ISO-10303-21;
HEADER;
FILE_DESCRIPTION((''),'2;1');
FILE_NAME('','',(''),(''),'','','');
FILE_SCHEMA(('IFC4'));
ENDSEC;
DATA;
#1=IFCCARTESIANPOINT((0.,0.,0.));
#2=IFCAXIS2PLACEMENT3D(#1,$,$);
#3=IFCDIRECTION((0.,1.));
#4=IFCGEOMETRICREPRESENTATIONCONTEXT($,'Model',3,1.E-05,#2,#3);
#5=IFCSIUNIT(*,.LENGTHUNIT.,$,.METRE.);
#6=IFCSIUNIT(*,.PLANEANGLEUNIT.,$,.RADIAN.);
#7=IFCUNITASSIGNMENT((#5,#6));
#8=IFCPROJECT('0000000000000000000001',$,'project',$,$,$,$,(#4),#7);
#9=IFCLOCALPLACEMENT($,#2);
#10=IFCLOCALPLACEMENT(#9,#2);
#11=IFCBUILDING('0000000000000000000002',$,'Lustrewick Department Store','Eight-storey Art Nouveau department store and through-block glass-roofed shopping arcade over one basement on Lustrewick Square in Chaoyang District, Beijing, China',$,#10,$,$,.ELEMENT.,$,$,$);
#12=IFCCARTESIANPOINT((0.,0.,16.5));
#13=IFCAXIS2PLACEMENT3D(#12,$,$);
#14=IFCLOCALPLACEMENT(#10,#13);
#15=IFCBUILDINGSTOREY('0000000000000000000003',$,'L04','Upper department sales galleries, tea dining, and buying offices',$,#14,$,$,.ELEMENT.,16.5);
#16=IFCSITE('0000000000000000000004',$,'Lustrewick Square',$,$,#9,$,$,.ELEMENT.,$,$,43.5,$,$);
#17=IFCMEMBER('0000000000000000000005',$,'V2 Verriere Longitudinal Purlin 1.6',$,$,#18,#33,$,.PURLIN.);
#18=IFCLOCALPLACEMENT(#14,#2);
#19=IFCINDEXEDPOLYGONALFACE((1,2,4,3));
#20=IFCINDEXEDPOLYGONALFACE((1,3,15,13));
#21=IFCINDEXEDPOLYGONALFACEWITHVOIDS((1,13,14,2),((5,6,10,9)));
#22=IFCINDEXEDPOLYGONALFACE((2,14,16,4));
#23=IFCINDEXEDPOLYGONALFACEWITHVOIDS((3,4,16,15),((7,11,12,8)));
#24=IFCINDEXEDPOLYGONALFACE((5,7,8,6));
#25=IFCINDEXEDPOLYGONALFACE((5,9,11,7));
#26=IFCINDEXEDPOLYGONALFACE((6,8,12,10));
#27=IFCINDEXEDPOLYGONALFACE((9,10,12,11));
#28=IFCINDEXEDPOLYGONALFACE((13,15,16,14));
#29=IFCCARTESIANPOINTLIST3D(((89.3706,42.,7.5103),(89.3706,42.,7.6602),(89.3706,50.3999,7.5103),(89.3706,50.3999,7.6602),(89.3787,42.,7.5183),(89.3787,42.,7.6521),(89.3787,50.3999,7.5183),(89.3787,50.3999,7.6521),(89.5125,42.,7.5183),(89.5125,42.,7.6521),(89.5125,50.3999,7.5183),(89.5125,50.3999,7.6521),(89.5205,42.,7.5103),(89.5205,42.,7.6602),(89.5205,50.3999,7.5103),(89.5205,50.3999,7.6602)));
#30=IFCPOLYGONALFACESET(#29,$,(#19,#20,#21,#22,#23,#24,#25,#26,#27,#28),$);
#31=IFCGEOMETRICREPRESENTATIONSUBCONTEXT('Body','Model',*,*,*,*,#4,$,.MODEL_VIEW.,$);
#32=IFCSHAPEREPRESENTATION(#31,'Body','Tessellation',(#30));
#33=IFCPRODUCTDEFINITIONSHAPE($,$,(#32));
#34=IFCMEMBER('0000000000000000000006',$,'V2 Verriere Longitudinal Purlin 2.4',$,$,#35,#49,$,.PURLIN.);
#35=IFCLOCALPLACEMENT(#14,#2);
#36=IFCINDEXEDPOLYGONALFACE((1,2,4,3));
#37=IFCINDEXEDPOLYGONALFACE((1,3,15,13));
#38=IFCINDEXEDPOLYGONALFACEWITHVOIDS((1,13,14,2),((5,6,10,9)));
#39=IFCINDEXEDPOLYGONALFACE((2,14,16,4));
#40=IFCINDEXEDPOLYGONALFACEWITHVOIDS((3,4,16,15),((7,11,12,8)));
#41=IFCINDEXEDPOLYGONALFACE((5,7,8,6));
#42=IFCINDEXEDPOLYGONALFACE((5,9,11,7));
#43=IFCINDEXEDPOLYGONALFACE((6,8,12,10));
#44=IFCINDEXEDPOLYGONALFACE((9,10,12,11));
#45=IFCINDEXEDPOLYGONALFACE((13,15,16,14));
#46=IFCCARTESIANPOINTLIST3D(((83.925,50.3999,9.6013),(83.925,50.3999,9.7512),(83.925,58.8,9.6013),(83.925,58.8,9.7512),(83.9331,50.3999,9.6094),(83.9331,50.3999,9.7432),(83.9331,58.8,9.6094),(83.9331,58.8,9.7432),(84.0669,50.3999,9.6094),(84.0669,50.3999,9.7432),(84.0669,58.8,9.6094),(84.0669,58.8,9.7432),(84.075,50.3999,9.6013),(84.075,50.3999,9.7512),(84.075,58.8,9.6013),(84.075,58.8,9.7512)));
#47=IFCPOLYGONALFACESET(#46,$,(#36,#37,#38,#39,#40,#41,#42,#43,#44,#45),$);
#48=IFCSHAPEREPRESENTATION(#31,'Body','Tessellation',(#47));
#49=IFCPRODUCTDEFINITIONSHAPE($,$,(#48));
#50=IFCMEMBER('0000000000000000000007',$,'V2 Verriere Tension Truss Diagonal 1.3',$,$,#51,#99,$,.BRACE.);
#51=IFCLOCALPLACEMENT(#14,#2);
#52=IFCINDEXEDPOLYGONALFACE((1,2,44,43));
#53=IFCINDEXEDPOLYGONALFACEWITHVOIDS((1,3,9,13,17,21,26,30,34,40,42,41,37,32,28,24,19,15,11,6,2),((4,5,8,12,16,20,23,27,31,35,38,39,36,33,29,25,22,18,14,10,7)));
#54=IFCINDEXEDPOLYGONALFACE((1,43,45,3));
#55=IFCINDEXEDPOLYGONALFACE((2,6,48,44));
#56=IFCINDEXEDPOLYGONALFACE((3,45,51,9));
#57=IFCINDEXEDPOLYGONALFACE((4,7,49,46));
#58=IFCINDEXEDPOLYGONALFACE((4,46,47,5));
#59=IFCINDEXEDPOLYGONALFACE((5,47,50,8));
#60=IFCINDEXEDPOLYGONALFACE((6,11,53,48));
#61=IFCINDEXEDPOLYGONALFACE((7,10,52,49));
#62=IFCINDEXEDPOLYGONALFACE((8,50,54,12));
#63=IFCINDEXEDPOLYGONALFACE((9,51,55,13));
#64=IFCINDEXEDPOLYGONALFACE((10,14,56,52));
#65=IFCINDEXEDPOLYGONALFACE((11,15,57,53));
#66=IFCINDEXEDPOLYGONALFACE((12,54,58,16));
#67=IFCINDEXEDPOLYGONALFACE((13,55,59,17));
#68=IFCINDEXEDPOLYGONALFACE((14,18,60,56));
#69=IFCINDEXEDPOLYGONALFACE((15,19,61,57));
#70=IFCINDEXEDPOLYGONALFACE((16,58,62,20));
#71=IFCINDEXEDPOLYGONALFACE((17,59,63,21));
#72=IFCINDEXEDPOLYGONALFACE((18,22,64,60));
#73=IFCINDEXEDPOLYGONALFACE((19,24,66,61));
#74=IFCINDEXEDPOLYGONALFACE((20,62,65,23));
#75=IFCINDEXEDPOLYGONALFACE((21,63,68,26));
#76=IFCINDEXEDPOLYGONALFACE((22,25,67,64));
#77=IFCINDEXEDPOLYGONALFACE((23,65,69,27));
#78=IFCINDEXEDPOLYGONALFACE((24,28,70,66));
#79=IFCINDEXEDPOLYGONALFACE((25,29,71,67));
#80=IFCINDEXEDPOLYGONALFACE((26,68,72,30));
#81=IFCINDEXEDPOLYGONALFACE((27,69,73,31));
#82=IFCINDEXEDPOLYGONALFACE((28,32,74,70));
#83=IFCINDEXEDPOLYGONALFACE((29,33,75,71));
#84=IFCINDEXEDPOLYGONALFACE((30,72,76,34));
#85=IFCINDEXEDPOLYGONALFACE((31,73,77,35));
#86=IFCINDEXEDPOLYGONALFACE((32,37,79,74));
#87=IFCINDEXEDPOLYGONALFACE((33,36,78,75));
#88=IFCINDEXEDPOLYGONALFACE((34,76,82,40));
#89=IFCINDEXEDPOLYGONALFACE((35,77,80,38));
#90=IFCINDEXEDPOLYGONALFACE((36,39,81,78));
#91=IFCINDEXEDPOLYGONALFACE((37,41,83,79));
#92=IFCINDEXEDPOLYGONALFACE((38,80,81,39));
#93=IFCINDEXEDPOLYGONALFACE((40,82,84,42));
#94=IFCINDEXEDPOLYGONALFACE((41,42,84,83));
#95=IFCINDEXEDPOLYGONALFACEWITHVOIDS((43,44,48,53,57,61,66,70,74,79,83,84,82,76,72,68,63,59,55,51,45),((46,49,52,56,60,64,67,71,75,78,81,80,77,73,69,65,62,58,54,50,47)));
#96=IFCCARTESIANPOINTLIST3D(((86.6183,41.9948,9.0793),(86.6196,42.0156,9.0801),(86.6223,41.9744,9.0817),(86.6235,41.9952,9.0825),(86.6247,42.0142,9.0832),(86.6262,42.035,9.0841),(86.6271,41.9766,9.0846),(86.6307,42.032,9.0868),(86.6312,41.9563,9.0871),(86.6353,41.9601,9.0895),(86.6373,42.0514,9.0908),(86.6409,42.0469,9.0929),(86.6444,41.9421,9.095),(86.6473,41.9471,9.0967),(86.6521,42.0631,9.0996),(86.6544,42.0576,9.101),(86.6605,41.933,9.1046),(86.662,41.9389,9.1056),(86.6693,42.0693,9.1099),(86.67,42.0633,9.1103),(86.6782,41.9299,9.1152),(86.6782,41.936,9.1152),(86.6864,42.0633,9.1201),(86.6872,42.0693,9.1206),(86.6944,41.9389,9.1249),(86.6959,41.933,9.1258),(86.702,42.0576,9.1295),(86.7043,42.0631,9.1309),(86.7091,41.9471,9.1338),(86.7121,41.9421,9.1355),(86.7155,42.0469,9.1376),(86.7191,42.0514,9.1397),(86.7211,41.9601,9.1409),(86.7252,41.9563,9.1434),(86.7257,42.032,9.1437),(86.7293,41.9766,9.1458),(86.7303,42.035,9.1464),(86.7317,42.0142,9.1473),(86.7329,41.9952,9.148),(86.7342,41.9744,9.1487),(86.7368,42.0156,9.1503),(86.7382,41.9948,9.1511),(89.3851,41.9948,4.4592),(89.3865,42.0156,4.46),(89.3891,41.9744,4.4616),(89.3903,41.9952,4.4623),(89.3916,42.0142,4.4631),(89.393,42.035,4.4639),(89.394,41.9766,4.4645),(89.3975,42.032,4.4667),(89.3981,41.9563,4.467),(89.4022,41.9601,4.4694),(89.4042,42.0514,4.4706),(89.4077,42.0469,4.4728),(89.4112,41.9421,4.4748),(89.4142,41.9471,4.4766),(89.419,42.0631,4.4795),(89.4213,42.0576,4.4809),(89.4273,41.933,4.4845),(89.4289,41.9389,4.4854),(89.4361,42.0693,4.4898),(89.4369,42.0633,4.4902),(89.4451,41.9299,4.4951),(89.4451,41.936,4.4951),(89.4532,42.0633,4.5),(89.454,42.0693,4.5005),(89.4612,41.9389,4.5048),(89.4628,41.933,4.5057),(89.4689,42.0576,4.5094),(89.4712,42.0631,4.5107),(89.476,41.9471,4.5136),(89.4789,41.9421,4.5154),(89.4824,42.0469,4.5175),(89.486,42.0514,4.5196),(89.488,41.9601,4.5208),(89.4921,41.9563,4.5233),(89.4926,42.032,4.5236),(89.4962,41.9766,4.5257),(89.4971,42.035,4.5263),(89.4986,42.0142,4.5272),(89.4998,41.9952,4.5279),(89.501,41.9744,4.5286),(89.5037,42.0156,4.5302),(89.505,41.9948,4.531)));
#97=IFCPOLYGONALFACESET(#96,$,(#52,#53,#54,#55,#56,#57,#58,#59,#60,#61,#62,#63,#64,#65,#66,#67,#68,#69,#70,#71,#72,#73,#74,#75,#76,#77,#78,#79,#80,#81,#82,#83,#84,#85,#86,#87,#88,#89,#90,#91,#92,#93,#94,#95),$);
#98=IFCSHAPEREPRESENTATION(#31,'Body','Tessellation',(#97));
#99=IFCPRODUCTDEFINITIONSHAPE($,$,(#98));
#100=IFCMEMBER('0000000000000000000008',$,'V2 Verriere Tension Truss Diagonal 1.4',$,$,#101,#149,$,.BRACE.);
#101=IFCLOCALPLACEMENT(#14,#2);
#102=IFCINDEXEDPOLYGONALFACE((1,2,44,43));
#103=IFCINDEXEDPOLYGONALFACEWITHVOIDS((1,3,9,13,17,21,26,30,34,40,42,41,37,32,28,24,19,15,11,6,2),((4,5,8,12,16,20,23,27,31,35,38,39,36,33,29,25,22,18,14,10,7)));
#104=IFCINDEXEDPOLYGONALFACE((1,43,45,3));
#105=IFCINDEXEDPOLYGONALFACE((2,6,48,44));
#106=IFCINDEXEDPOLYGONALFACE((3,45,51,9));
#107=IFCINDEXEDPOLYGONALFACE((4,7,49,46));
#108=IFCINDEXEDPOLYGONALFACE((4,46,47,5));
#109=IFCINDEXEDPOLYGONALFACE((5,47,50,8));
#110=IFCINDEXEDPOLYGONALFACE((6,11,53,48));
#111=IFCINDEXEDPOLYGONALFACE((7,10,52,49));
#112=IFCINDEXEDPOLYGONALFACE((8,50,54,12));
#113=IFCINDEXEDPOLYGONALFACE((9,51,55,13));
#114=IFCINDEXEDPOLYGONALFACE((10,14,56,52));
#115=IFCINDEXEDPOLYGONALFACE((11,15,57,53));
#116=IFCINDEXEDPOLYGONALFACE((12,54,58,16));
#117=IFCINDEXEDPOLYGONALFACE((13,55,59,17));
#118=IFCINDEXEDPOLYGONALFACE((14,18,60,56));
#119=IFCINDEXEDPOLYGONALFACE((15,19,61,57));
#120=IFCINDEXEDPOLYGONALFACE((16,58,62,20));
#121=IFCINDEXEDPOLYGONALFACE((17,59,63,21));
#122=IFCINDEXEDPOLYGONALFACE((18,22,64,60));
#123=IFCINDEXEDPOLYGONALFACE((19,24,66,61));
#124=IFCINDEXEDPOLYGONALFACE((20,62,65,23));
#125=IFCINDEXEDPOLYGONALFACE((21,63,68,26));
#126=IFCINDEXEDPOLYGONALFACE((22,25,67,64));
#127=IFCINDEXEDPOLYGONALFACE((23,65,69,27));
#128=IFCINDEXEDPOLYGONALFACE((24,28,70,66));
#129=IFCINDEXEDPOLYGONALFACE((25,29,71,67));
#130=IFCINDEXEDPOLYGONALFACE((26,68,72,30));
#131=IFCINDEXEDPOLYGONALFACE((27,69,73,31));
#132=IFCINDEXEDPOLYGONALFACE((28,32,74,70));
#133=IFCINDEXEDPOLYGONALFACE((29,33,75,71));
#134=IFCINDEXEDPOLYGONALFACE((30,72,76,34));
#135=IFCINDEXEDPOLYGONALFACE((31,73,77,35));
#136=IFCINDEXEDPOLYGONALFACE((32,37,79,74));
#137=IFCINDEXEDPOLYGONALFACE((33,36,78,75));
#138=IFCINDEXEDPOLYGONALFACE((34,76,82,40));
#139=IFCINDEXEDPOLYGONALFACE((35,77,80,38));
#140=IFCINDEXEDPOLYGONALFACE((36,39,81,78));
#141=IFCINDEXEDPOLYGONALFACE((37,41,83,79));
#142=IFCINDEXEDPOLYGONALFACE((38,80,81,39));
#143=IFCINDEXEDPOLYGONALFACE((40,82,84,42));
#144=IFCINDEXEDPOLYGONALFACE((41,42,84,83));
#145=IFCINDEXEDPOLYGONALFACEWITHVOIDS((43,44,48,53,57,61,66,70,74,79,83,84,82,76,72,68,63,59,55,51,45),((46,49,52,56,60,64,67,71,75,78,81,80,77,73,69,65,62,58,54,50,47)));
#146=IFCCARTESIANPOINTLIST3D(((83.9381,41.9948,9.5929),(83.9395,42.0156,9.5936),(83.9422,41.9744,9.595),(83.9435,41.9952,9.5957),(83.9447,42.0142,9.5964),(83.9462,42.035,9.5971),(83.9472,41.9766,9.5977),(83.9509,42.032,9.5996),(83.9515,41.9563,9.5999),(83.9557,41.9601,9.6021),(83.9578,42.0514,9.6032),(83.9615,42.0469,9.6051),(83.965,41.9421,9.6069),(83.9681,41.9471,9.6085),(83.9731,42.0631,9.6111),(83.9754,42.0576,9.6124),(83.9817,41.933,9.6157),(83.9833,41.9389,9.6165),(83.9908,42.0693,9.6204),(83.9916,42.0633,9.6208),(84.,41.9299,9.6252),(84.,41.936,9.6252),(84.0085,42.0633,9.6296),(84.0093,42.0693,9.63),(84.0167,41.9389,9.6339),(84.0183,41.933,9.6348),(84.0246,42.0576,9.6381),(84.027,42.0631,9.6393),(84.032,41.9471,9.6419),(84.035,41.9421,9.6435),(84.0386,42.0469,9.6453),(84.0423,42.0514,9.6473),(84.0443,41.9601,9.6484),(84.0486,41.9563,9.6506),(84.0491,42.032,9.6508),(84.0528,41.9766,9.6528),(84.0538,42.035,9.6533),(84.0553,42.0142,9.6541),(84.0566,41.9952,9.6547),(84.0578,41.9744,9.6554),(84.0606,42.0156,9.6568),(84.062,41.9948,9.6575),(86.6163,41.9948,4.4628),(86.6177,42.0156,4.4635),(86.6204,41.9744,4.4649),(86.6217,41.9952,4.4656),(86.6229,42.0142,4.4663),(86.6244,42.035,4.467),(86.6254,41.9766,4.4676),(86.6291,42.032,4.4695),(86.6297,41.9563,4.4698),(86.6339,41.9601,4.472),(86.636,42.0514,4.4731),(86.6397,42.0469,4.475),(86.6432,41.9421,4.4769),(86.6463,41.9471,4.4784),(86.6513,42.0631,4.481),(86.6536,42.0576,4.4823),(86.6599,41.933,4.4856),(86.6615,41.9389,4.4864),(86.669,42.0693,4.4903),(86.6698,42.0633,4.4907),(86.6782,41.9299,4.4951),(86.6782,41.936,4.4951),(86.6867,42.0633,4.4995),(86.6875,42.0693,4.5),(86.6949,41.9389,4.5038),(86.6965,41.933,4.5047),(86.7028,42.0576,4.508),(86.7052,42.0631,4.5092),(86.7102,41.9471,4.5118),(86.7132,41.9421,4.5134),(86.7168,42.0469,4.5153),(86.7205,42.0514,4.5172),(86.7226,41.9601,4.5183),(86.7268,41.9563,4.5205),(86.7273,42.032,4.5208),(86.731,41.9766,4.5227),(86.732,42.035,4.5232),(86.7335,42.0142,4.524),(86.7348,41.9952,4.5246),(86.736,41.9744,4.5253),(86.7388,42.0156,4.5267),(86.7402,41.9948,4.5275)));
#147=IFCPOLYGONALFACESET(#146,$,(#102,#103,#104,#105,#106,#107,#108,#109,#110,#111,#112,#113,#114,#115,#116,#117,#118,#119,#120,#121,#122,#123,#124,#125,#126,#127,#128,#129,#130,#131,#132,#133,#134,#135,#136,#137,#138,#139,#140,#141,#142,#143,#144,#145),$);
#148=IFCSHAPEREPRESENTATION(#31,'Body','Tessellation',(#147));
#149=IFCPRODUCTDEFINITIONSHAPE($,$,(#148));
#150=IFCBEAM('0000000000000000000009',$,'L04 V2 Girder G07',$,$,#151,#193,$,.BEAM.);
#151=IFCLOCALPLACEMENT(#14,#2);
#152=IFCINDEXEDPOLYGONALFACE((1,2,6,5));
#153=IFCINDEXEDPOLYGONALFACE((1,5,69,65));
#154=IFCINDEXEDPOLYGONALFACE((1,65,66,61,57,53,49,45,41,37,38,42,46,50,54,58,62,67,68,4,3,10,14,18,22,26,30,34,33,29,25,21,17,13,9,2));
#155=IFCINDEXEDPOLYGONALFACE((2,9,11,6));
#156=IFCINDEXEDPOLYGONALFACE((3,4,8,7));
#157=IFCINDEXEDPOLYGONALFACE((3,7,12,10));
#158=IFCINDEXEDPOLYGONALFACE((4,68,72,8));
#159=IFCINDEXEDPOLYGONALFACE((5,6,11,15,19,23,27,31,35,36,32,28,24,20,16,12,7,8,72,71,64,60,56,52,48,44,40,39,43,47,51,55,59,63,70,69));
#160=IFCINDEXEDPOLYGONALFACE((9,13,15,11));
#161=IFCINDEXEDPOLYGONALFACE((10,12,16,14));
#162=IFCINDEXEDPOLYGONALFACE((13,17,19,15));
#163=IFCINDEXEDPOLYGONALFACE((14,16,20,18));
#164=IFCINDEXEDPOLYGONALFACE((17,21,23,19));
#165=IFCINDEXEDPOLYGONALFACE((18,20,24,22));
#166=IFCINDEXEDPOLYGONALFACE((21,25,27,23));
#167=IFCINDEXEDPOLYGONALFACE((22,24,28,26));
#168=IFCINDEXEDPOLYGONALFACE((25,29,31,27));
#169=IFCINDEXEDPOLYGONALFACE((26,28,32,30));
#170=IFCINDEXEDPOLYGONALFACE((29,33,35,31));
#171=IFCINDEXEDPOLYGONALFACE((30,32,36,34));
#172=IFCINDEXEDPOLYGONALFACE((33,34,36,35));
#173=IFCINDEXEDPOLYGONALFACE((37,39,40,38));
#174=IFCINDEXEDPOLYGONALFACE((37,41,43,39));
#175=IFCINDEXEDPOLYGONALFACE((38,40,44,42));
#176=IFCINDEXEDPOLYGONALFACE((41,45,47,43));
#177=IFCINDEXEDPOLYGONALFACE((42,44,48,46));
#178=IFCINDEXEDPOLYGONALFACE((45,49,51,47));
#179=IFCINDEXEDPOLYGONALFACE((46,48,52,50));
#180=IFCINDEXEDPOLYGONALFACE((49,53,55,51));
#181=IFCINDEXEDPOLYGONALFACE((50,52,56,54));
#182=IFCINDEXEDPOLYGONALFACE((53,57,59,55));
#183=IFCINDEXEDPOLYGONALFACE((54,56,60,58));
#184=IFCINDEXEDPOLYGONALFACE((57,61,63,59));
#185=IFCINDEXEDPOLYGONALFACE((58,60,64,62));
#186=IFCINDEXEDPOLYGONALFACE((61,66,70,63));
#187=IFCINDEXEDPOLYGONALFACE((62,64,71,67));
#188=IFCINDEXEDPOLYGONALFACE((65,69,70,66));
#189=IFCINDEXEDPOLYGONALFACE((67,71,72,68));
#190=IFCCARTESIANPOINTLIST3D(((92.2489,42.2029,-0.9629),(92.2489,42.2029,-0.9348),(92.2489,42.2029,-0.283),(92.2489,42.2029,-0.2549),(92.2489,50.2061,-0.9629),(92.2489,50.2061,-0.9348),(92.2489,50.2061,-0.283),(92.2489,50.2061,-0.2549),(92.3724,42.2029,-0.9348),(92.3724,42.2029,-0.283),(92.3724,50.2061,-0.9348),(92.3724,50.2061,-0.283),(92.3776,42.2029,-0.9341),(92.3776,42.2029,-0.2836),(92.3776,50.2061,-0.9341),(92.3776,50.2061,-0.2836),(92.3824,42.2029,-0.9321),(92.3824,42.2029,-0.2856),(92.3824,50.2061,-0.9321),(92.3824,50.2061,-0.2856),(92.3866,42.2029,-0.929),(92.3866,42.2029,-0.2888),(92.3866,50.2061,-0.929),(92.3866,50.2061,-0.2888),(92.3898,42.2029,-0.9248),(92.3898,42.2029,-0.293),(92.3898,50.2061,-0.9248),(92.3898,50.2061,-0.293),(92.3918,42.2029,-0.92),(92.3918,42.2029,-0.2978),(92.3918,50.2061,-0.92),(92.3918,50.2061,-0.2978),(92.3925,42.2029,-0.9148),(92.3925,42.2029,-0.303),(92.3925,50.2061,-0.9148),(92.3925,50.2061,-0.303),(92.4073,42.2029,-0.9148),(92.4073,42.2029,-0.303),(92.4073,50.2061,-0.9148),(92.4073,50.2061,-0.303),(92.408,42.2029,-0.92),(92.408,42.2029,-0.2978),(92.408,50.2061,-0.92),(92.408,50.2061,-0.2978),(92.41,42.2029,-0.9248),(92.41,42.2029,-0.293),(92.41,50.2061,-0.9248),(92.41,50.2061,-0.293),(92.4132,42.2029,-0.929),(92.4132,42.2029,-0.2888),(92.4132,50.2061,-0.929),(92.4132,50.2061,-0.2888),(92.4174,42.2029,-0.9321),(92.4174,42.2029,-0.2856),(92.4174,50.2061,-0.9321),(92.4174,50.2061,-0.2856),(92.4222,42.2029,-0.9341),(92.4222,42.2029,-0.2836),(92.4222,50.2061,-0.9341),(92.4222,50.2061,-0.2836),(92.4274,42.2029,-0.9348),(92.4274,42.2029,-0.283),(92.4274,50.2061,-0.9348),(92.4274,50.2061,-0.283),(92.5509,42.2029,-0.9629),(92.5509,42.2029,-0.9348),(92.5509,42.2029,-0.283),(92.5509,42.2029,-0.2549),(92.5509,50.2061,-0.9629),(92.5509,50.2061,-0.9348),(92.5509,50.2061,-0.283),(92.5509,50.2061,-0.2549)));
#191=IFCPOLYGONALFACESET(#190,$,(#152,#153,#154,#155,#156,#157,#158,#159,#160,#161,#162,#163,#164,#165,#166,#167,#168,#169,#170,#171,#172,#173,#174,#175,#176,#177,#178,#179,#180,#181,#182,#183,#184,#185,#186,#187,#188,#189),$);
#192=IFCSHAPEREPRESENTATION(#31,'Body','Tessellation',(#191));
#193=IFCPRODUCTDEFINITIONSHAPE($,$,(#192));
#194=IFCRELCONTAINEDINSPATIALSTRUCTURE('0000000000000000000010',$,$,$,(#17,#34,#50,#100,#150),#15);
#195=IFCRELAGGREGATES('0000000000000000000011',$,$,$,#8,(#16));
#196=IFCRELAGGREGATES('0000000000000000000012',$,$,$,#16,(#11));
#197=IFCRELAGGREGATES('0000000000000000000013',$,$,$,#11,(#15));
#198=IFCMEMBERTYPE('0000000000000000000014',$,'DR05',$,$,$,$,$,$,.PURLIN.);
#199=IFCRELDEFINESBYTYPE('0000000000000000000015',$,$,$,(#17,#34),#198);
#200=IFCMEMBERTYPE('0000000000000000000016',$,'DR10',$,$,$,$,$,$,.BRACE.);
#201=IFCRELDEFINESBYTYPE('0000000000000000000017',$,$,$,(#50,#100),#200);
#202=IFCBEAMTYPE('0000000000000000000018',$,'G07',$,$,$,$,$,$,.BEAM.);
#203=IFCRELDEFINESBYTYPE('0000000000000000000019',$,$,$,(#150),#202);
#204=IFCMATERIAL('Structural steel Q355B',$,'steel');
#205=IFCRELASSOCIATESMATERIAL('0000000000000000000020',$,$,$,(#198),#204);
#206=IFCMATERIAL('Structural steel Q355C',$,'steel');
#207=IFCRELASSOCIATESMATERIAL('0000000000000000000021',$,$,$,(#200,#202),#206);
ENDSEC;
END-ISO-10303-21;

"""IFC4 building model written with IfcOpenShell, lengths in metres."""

from ifc_helpers import new_model, si_unit, direction, frame, origin, origin_2d, place, context, subcontext, project, spatial, hollow_rectangle, hollow_circle, i_section, extrude, material, material_profile, profile_set, type_object, element, save


model = new_model("IFC4")

# Units and contexts
model_context = context("Model", 3, precision=1e-05, world=origin(), true_north=direction((0.0, 1.0)))
body_context = subcontext(model_context, "Body", "Model", "MODEL_VIEW")
ifc_project = project(units=[si_unit("LENGTHUNIT", "METRE"), si_unit("PLANEANGLEUNIT", "RADIAN")], contexts=[model_context])

# Site, building, storey
site_placement = place(None, origin())
site = spatial("IfcSite", under=ifc_project, at=site_placement, Name="Lustrewick Square", CompositionType="ELEMENT", RefElevation=43.5)
building_placement = place(site_placement, origin())
building = spatial("IfcBuilding", under=site, at=building_placement, Name="Lustrewick Department Store", Description="Eight-storey Art Nouveau department store and through-block glass-roofed shopping arcade over one basement on Lustrewick Square in Chaoyang District, Beijing, China", CompositionType="ELEMENT")
storey_placement = place(building_placement, frame((0.0, 0.0, 16.5)))
storey = spatial("IfcBuildingStorey", under=building, at=storey_placement, Name="L04", Description="Upper department sales galleries, tea dining, and buying offices", CompositionType="ELEMENT", Elevation=16.5)

# Shared definitions
ifc_material_1 = material(Name="Structural steel Q355C", Category="steel")

# Members
ifc_material_2 = material(Name="Structural steel Q355B", Category="steel")
ifc_material_profile_1 = material_profile(ifc_material_2, hollow_rectangle(XDim=0.1499, YDim=0.1499, WallThickness=0.0081, at=origin_2d()), Name="SHS 150x150x8")
ifc_profile_set_1 = profile_set([ifc_material_profile_1], Name="Structural steel Q355B")
member_type_1 = type_object("IfcMemberType", Name="DR05", PredefinedType="PURLIN", material=ifc_profile_set_1)
for number, where, z_axis, x_axis, name in (
    (1, (89.4456, 42.0, 7.5852), (0.0, 1.0, 0.0), (-1.0, 0.0, 0.0), "V2 Verriere Longitudinal Purlin 1.6"),
):
    element("IfcMember", number, at=place(storey_placement, frame(where, z_axis=z_axis, x_axis=x_axis)), inside=storey, type_object=member_type_1, Name=name, PredefinedType="PURLIN", context=body_context, shape_type="SweptSolid", body=[
        extrude(hollow_rectangle(XDim=0.1499, YDim=0.1499, WallThickness=0.0081, at=origin_2d()), origin(), (0.0, 0.0, 1.0), 8.3999),
    ])
member_1_placement = place(storey_placement, frame((84.0, 50.3999, 9.6763), z_axis=(0.0, 1.0, 0.0), x_axis=(-1.0, 0.0, 0.0)))
element("IfcMember", 2, at=member_1_placement, inside=storey, type_object=member_type_1, Name="V2 Verriere Longitudinal Purlin 2.4", PredefinedType="PURLIN", context=body_context, shape_type="SweptSolid", body=[
    extrude(hollow_rectangle(XDim=0.1499, YDim=0.1499, WallThickness=0.0081, at=origin_2d()), origin(), (0.0, 0.0, 1.0), 8.4001),
])
ifc_material_profile_2 = material_profile(ifc_material_1, hollow_circle(Radius=0.0701, WallThickness=0.0061, at=origin_2d()), Name="CHS 140x6")
ifc_profile_set_2 = profile_set([ifc_material_profile_2], Name="Structural steel Q355C")
member_type_2 = type_object("IfcMemberType", Name="DR10", PredefinedType="BRACE", material=ifc_profile_set_2)
member_2_placement = place(storey_placement, frame((89.4451, 42.0, 4.4951), z_axis=(-0.513782, 0.0, 0.857921), x_axis=(0.0, -1.0, 0.0)))
element("IfcMember", 3, at=member_2_placement, inside=storey, type_object=member_type_2, Name="V2 Verriere Tension Truss Diagonal 1.3", PredefinedType="BRACE", context=body_context, shape_type="SweptSolid", body=[
    extrude(hollow_circle(Radius=0.0701, WallThickness=0.0061, at=origin_2d()), origin(), (0.0, 0.0, 1.0), 5.3853),
])
member_3_placement = place(storey_placement, frame((86.6782, 42.0, 4.4951), z_axis=(-0.462788, 0.0, 0.886469), x_axis=(0.0, -1.0, 0.0)))
element("IfcMember", 4, at=member_3_placement, inside=storey, type_object=member_type_2, Name="V2 Verriere Tension Truss Diagonal 1.4", PredefinedType="BRACE", context=body_context, shape_type="SweptSolid", body=[
    extrude(hollow_circle(Radius=0.0701, WallThickness=0.0061, at=origin_2d()), origin(), (0.0, 0.0, 1.0), 5.7871),
])

# Beam
ifc_material_profile_3 = material_profile(ifc_material_1, i_section(OverallWidth=0.302, OverallDepth=0.708, WebThickness=0.0149, FlangeThickness=0.0281, FilletRadius=0.02, at=origin_2d()), Name="HN 708x302x15x28")
ifc_profile_set_3 = profile_set([ifc_material_profile_3], Name="Structural steel Q355C")
beam_type_1 = type_object("IfcBeamType", Name="G07", PredefinedType="BEAM", material=ifc_profile_set_3)
beam_1_placement = place(storey_placement, frame((92.3999, 42.2029, -0.6089), z_axis=(0.0, 1.0, 0.0), x_axis=(-1.0, 0.0, 0.0)))
element("IfcBeam", 5, at=beam_1_placement, inside=storey, type_object=beam_type_1, Name="L04 V2 Girder G07", PredefinedType="BEAM", context=body_context, shape_type="SweptSolid", body=[
    extrude(i_section(OverallWidth=0.302, OverallDepth=0.708, WebThickness=0.0149, FlangeThickness=0.0281, FilletRadius=0.02, at=origin_2d()), origin(), (0.0, 0.0, 1.0), 8.0032),
])

save(model, "model.ifc")
